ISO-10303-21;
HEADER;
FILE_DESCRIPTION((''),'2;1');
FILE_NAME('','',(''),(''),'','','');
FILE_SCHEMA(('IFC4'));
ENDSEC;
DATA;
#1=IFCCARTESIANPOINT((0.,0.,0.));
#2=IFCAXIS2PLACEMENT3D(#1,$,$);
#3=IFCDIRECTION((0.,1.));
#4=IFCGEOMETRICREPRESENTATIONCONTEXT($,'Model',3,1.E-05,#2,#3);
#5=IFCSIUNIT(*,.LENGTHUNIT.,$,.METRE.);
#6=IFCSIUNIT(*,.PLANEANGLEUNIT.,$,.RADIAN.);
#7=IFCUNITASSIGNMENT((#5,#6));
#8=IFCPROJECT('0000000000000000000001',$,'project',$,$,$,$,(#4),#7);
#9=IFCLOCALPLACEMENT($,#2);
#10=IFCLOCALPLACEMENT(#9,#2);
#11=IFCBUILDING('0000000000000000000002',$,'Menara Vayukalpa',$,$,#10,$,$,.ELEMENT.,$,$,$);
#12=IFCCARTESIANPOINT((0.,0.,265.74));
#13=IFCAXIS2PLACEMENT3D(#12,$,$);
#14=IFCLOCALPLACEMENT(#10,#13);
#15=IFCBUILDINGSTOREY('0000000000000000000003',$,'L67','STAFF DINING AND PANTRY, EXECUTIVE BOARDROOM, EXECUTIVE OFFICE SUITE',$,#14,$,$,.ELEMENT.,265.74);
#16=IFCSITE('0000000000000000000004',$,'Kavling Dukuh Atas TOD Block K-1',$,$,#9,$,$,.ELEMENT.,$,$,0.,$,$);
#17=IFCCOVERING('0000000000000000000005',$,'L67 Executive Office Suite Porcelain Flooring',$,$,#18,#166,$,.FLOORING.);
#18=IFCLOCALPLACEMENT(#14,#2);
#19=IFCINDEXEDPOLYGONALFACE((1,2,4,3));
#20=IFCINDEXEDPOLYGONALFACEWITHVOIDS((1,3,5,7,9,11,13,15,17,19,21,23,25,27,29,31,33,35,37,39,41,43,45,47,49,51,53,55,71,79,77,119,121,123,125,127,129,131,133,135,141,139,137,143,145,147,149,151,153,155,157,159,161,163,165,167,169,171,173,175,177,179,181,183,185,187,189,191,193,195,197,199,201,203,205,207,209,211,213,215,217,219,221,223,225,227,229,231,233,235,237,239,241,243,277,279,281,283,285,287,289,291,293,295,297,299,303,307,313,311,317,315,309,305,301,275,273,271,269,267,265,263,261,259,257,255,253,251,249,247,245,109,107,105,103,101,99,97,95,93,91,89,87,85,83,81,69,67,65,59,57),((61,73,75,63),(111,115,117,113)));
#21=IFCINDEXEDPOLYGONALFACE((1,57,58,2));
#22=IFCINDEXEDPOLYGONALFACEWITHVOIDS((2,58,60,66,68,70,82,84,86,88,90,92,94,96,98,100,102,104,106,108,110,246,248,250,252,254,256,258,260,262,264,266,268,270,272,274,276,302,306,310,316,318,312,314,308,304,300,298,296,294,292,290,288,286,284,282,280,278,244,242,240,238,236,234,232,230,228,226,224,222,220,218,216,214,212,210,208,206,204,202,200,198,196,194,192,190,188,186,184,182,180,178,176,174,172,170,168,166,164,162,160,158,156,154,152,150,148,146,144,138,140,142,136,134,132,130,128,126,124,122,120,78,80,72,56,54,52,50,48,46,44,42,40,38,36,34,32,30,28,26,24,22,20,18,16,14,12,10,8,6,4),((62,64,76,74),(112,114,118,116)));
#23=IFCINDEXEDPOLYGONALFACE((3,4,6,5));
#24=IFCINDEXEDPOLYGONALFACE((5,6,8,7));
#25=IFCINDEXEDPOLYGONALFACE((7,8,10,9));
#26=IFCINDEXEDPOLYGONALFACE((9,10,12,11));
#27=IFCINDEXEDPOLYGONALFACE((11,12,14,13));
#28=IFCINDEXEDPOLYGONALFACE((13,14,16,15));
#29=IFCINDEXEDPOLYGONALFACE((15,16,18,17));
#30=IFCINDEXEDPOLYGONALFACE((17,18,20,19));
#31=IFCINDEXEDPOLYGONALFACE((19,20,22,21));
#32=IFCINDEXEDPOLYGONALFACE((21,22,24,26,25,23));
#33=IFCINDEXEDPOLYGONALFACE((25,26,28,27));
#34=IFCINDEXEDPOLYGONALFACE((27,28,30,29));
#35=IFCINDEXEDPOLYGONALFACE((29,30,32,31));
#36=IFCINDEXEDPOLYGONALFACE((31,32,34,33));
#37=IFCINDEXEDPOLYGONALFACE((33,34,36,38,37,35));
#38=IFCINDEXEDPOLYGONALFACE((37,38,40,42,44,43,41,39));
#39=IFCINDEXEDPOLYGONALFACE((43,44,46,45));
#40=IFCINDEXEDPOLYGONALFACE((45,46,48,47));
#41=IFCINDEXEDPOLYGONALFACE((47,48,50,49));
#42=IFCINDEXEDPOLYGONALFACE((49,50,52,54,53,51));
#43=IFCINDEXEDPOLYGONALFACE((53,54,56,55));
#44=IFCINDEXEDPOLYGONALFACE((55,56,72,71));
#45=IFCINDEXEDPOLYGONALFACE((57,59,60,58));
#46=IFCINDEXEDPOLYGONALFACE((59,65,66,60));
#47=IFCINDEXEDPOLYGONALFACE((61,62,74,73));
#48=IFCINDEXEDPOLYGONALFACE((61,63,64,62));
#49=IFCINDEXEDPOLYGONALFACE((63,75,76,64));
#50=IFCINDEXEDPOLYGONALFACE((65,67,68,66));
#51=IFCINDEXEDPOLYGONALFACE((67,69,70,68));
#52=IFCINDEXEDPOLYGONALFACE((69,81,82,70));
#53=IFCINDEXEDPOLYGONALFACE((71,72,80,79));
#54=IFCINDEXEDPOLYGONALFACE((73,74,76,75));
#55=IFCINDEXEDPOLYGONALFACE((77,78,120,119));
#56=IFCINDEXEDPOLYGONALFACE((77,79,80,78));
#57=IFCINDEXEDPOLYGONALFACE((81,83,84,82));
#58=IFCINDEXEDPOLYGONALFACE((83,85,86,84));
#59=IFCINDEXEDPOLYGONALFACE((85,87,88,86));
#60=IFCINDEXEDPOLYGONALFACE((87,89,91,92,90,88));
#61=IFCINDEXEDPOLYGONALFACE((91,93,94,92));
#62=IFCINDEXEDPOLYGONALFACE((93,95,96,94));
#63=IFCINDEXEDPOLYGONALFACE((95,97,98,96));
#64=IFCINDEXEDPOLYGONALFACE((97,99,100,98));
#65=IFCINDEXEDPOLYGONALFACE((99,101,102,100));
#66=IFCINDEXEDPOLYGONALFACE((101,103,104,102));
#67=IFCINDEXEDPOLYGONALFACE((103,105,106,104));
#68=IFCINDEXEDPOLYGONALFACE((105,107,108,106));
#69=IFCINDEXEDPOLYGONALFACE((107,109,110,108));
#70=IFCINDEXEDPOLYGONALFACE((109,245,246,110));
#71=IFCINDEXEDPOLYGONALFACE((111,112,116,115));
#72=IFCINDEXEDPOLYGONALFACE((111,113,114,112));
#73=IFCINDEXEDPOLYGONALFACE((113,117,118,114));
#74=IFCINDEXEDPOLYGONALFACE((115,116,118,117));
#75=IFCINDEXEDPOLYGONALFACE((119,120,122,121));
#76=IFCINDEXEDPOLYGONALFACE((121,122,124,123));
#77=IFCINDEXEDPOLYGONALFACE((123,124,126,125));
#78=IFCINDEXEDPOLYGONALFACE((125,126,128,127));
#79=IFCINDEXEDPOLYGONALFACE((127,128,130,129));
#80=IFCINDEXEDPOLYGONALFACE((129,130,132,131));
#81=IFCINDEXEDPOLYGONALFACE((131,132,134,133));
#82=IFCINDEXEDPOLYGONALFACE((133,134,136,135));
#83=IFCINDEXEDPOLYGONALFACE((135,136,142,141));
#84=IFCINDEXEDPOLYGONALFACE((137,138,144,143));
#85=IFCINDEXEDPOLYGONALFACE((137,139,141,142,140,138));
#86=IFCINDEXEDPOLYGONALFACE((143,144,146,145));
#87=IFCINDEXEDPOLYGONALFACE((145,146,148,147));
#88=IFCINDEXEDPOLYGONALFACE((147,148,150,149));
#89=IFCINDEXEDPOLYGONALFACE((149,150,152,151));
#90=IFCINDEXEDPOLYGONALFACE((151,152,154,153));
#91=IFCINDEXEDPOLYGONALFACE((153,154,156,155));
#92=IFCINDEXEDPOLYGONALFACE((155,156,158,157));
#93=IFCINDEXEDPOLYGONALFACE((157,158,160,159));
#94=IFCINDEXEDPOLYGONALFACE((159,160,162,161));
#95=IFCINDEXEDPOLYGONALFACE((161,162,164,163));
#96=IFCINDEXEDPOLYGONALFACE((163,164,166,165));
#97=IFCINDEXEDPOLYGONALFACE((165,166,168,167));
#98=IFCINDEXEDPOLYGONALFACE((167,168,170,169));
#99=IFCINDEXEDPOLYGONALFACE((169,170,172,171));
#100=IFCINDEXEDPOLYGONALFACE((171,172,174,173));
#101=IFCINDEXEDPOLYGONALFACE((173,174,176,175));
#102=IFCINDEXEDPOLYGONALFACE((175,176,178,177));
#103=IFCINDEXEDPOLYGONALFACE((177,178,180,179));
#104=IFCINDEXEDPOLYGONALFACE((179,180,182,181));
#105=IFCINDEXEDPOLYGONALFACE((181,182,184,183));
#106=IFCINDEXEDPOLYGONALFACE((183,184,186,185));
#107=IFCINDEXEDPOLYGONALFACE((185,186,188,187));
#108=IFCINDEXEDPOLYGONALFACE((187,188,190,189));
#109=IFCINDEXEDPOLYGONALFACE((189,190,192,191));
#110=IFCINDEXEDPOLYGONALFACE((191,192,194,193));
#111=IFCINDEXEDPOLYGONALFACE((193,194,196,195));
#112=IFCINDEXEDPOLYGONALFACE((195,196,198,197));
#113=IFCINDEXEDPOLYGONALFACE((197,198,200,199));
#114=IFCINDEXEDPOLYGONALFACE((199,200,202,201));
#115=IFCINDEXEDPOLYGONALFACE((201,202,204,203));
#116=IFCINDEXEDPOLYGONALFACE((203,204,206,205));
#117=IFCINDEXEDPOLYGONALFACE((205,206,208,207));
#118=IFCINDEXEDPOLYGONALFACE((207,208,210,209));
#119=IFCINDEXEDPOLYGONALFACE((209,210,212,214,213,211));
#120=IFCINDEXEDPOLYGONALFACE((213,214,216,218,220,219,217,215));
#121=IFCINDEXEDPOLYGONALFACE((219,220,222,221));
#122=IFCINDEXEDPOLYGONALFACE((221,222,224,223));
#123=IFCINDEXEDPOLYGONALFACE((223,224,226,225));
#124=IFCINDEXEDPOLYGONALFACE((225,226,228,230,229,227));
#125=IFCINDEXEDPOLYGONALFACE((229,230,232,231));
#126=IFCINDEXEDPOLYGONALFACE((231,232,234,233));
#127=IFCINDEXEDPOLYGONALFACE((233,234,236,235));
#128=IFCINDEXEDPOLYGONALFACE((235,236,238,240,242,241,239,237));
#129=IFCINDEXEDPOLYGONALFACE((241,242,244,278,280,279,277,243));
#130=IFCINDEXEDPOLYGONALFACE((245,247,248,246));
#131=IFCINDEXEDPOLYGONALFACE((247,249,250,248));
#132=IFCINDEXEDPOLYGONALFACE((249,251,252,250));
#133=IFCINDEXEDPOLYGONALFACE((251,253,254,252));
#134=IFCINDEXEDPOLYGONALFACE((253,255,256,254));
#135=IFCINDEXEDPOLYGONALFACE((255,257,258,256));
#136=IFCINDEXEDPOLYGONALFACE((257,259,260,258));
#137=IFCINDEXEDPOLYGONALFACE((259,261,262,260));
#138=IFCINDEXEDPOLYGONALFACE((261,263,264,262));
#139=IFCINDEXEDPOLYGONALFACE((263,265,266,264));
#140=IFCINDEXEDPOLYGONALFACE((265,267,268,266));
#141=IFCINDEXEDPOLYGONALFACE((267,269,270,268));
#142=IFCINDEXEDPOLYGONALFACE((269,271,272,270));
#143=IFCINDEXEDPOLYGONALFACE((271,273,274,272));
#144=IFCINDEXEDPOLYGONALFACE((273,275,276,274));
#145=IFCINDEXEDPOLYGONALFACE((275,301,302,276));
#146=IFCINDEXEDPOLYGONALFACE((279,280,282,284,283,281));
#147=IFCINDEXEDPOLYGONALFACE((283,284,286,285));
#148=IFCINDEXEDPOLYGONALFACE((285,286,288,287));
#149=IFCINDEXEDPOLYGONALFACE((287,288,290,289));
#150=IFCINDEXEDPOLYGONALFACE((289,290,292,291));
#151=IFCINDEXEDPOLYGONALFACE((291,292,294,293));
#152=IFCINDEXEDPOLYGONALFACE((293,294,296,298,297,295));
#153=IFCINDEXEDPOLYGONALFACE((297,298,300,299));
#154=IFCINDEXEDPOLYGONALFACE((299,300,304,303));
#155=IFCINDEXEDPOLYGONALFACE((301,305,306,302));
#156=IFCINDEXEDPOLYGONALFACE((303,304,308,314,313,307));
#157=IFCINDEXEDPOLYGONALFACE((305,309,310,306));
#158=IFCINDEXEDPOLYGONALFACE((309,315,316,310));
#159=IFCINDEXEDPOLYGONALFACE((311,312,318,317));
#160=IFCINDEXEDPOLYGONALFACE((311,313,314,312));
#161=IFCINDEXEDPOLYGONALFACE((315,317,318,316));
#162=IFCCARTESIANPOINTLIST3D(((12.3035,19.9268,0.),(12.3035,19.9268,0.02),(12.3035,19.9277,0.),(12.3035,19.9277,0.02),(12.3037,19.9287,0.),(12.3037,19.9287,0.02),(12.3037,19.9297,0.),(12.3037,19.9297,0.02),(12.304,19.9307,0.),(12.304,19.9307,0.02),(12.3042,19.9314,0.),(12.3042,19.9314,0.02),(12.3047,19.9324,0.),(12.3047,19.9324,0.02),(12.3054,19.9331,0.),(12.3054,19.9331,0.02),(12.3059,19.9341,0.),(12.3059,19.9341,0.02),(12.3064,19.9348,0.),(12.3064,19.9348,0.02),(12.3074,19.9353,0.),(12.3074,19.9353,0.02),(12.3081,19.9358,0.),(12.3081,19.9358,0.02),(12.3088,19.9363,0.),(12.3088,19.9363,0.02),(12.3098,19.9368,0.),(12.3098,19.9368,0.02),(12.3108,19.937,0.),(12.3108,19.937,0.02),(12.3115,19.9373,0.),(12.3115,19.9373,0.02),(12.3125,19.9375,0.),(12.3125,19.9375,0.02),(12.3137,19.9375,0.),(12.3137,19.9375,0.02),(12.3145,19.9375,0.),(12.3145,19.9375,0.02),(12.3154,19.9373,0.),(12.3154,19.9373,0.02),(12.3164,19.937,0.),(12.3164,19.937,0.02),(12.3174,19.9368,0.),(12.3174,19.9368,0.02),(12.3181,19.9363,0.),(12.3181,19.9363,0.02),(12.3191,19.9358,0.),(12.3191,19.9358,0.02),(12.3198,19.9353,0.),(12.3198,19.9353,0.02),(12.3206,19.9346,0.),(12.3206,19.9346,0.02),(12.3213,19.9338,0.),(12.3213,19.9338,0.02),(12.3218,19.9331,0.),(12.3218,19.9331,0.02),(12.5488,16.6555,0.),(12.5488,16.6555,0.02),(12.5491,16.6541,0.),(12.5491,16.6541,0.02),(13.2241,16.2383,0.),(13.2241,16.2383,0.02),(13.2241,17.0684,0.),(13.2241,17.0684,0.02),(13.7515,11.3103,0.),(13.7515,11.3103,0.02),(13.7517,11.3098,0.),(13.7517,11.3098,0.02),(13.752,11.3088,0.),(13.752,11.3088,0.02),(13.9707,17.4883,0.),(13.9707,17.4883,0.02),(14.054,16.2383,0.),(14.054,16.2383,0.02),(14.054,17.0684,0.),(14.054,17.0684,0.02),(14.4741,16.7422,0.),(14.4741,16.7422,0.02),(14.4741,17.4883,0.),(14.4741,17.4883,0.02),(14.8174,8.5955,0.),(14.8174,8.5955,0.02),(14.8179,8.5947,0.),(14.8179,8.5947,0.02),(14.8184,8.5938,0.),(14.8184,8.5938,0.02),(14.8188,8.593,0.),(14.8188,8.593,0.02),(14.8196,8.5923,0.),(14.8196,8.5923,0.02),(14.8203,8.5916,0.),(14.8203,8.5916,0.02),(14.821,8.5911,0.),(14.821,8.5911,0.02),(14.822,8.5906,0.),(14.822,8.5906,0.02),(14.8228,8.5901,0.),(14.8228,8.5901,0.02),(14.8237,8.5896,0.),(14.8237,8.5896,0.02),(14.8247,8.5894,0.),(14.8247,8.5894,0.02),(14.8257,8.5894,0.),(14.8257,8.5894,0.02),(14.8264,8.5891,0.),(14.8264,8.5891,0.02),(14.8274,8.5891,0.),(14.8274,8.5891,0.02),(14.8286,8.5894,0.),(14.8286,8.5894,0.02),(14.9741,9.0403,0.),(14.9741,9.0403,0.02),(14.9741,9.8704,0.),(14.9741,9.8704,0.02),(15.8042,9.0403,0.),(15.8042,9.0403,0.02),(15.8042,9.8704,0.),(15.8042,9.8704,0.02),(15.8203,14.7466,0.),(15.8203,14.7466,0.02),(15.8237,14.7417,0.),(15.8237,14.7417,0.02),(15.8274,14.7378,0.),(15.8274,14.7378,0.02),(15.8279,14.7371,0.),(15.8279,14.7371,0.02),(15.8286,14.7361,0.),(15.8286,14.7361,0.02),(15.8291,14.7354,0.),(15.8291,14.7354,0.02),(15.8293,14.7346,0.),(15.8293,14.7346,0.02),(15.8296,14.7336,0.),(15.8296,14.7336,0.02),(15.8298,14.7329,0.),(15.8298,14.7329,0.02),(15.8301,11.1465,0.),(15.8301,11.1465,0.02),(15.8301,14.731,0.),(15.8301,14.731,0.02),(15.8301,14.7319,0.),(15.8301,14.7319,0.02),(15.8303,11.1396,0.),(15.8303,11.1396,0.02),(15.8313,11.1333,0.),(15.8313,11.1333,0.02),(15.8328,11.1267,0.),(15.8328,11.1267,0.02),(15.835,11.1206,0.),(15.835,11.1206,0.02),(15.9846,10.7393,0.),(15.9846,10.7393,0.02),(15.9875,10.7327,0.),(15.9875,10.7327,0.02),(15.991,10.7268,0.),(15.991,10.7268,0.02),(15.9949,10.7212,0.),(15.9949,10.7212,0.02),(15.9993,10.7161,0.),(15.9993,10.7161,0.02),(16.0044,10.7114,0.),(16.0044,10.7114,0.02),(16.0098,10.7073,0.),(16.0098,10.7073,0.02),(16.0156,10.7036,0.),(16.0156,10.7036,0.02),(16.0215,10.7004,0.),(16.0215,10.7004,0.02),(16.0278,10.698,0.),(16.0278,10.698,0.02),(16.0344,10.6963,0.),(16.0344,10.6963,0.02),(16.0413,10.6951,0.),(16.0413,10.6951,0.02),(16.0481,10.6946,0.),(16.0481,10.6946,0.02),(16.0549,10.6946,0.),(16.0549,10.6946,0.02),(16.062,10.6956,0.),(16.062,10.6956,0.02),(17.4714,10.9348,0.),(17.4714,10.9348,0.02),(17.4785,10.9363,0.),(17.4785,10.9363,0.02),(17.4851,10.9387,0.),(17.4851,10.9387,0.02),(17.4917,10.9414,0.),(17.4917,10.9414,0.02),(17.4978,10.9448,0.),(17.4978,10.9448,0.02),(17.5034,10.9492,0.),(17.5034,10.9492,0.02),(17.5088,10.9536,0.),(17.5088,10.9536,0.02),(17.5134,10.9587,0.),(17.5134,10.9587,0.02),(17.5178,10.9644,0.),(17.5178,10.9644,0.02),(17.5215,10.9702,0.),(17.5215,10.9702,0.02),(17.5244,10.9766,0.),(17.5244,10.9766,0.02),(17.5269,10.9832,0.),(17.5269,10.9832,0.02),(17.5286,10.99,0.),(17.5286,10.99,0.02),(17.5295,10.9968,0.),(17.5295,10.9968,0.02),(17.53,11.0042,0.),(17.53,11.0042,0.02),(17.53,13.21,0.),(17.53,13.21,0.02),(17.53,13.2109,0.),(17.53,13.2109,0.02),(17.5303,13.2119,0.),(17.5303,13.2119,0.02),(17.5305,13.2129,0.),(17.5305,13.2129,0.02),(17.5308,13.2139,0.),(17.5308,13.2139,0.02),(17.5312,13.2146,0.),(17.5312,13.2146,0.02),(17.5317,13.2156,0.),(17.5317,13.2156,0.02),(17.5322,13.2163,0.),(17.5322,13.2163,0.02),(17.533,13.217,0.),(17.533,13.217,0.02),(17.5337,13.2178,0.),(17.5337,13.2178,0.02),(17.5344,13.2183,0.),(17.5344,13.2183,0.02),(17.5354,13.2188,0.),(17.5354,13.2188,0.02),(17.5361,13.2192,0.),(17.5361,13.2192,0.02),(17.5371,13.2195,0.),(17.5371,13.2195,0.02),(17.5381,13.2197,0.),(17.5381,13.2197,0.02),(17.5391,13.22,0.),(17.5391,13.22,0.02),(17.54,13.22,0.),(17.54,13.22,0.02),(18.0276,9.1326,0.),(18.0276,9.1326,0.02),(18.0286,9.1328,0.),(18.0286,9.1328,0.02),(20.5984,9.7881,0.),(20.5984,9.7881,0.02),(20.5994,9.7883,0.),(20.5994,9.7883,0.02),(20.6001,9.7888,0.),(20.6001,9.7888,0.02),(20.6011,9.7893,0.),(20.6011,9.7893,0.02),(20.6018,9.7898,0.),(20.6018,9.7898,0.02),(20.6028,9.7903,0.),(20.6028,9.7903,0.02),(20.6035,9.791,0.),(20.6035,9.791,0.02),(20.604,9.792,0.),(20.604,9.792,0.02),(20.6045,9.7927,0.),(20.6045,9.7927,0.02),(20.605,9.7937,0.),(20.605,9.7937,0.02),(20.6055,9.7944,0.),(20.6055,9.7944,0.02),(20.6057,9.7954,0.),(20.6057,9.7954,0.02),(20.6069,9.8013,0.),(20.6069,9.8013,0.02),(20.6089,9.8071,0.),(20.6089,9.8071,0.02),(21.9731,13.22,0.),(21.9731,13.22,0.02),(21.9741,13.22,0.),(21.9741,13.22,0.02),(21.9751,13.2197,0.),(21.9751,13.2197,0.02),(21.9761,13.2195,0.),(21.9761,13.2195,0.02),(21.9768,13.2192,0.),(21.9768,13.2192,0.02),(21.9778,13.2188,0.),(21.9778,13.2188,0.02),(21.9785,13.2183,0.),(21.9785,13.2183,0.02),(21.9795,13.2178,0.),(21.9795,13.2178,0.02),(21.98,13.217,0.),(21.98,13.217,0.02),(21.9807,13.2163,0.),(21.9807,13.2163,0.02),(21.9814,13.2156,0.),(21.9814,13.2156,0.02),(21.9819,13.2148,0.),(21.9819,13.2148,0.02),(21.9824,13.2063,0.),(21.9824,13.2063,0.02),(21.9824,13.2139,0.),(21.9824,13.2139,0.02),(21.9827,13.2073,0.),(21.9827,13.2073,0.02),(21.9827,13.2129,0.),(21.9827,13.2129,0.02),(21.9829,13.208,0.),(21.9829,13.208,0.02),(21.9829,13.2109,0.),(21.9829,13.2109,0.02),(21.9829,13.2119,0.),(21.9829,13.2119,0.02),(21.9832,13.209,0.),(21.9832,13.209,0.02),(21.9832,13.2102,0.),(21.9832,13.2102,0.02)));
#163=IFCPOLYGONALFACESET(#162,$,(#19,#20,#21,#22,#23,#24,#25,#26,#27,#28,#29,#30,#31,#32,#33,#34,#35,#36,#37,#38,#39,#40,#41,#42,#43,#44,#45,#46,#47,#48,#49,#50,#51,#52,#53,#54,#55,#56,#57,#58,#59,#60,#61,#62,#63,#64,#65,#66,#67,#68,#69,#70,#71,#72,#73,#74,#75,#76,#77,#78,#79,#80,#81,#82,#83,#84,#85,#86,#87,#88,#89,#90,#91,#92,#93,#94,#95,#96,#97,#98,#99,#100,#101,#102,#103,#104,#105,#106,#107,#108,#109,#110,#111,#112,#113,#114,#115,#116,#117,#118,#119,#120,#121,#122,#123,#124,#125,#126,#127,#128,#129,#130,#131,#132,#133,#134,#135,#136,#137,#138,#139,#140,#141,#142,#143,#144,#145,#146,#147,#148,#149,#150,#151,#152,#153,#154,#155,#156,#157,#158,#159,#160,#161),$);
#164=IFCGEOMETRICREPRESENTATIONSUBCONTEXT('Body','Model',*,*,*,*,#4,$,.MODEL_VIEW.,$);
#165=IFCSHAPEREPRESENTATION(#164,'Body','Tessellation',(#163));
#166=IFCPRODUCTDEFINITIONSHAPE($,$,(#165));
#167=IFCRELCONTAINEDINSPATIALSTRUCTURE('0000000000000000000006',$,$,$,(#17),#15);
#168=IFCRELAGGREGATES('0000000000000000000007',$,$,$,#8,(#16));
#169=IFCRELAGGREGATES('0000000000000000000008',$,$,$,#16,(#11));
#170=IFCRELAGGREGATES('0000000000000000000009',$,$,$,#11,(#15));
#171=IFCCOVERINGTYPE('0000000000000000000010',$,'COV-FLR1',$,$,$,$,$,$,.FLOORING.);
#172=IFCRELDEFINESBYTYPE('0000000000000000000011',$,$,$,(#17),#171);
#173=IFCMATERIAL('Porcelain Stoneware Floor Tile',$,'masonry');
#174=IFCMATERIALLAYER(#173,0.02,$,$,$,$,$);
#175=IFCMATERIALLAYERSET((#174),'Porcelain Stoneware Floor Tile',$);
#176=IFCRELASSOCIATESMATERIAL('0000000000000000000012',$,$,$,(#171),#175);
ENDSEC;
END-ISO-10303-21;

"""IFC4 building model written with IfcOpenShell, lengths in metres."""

from ifc_helpers import new_model, si_unit, direction, frame, origin, place, context, subcontext, project, spatial, polyline, outline, extrude, material, layer, layer_set, type_object, element, save


model = new_model("IFC4")

# Units and contexts
model_context = context("Model", 3, precision=1e-05, world=origin(), true_north=direction((0.0, 1.0)))
body_context = subcontext(model_context, "Body", "Model", "MODEL_VIEW")
ifc_project = project(units=[si_unit("LENGTHUNIT", "METRE"), si_unit("PLANEANGLEUNIT", "RADIAN")], contexts=[model_context])

# Site, building, storey
site_placement = place(None, origin())
site = spatial("IfcSite", under=ifc_project, at=site_placement, Name="Kavling Dukuh Atas TOD Block K-1", CompositionType="ELEMENT", RefElevation=0.0)
building_placement = place(site_placement, origin())
building = spatial("IfcBuilding", under=site, at=building_placement, Name="Menara Vayukalpa", CompositionType="ELEMENT")
storey_placement = place(building_placement, frame((0.0, 0.0, 265.74)))
storey = spatial("IfcBuildingStorey", under=building, at=storey_placement, Name="L67", Description="STAFF DINING AND PANTRY, EXECUTIVE BOARDROOM, EXECUTIVE OFFICE SUITE", CompositionType="ELEMENT", Elevation=265.74)

# Covering
ifc_material_1 = material(Name="Porcelain Stoneware Floor Tile", Category="masonry")
ifc_layer_1 = layer(ifc_material_1, 0.02)
ifc_layer_set_1 = layer_set([ifc_layer_1], Name="Porcelain Stoneware Floor Tile")
covering_type_1 = type_object("IfcCoveringType", Name="COV-FLR1", PredefinedType="FLOORING", material=ifc_layer_set_1)
covering_1_placement = place(storey_placement, origin())
element("IfcCovering", 1, at=covering_1_placement, inside=storey, type_object=covering_type_1, Name="L67 Executive Office Suite Porcelain Flooring", PredefinedType="FLOORING", context=body_context, shape_type="SweptSolid", body=[
    extrude(outline(polyline([(14.8274, 8.5891), (14.8264, 8.5891), (14.8257, 8.5894), (14.8247, 8.5894), (14.8237, 8.5896), (14.8228, 8.5901), (14.822, 8.5906), (14.821, 8.5911), (14.8203, 8.5916), (14.8196, 8.5923), (14.8188, 8.593), (14.8184, 8.5938), (14.8179, 8.5947), (14.8174, 8.5955), (13.752, 11.3088), (13.7517, 11.3098), (13.7515, 11.3103), (12.5491, 16.6541), (12.5488, 16.6555), (12.3035, 19.9268), (12.3035, 19.9277), (12.3037, 19.9287), (12.3037, 19.9297), (12.304, 19.9307), (12.3042, 19.9314), (12.3047, 19.9324), (12.3054, 19.9331), (12.3059, 19.9341), (12.3064, 19.9348), (12.3074, 19.9353), (12.3081, 19.9358), (12.3088, 19.9363), (12.3098, 19.9368), (12.3108, 19.937), (12.3115, 19.9373), (12.3125, 19.9375), (12.3137, 19.9375), (12.3145, 19.9375), (12.3154, 19.9373), (12.3164, 19.937), (12.3174, 19.9368), (12.3181, 19.9363), (12.3191, 19.9358), (12.3198, 19.9353), (12.3206, 19.9346), (12.3213, 19.9338), (12.3218, 19.9331), (13.9707, 17.4883), (14.4741, 17.4883), (14.4741, 16.7422), (15.8203, 14.7466), (15.8237, 14.7417), (15.8274, 14.7378), (15.8279, 14.7371), (15.8286, 14.7361), (15.8291, 14.7354), (15.8293, 14.7346), (15.8296, 14.7336), (15.8298, 14.7329), (15.8301, 14.7319), (15.8301, 14.731), (15.8301, 11.1465), (15.8303, 11.1396), (15.8313, 11.1333), (15.8328, 11.1267), (15.835, 11.1206), (15.9846, 10.7393), (15.9875, 10.7327), (15.991, 10.7268), (15.9949, 10.7212), (15.9993, 10.7161), (16.0044, 10.7114), (16.0098, 10.7073), (16.0156, 10.7036), (16.0215, 10.7004), (16.0278, 10.698), (16.0344, 10.6963), (16.0413, 10.6951), (16.0481, 10.6946), (16.0549, 10.6946), (16.062, 10.6956), (17.4714, 10.9348), (17.4785, 10.9363), (17.4851, 10.9387), (17.4917, 10.9414), (17.4978, 10.9448), (17.5034, 10.9492), (17.5088, 10.9536), (17.5134, 10.9587), (17.5178, 10.9644), (17.5215, 10.9702), (17.5244, 10.9766), (17.5269, 10.9832), (17.5286, 10.99), (17.5295, 10.9968), (17.53, 11.0042), (17.53, 13.21), (17.53, 13.2109), (17.5303, 13.2119), (17.5305, 13.2129), (17.5308, 13.2139), (17.5312, 13.2146), (17.5317, 13.2156), (17.5322, 13.2163), (17.533, 13.217), (17.5337, 13.2178), (17.5344, 13.2183), (17.5354, 13.2188), (17.5361, 13.2192), (17.5371, 13.2195), (17.5381, 13.2197), (17.5391, 13.22), (17.54, 13.22), (21.9731, 13.22), (21.9741, 13.22), (21.9751, 13.2197), (21.9761, 13.2195), (21.9768, 13.2192), (21.9778, 13.2188), (21.9785, 13.2183), (21.9795, 13.2178), (21.98, 13.217), (21.9807, 13.2163), (21.9814, 13.2156), (21.9819, 13.2148), (21.9824, 13.2139), (21.9827, 13.2129), (21.9829, 13.2119), (21.9829, 13.2109), (21.9832, 13.2102), (21.9832, 13.209), (21.9829, 13.208), (21.9827, 13.2073), (21.9824, 13.2063), (20.6089, 9.8071), (20.6069, 9.8013), (20.6057, 9.7954), (20.6055, 9.7944), (20.605, 9.7937), (20.6045, 9.7927), (20.604, 9.792), (20.6035, 9.791), (20.6028, 9.7903), (20.6018, 9.7898), (20.6011, 9.7893), (20.6001, 9.7888), (20.5994, 9.7883), (20.5984, 9.7881), (18.0286, 9.1328), (18.0276, 9.1326), (14.8286, 8.5894), (14.8274, 8.5891)]), holes=[polyline([(14.9741, 9.8704), (14.9741, 9.0403), (15.8042, 9.0403), (15.8042, 9.8704), (14.9741, 9.8704)]), polyline([(14.054, 17.0684), (13.2241, 17.0684), (13.2241, 16.2383), (14.054, 16.2383), (14.054, 17.0684)])]), origin(), (0.0, 0.0, 1.0), 0.02),
])

save(model, "model.ifc")
